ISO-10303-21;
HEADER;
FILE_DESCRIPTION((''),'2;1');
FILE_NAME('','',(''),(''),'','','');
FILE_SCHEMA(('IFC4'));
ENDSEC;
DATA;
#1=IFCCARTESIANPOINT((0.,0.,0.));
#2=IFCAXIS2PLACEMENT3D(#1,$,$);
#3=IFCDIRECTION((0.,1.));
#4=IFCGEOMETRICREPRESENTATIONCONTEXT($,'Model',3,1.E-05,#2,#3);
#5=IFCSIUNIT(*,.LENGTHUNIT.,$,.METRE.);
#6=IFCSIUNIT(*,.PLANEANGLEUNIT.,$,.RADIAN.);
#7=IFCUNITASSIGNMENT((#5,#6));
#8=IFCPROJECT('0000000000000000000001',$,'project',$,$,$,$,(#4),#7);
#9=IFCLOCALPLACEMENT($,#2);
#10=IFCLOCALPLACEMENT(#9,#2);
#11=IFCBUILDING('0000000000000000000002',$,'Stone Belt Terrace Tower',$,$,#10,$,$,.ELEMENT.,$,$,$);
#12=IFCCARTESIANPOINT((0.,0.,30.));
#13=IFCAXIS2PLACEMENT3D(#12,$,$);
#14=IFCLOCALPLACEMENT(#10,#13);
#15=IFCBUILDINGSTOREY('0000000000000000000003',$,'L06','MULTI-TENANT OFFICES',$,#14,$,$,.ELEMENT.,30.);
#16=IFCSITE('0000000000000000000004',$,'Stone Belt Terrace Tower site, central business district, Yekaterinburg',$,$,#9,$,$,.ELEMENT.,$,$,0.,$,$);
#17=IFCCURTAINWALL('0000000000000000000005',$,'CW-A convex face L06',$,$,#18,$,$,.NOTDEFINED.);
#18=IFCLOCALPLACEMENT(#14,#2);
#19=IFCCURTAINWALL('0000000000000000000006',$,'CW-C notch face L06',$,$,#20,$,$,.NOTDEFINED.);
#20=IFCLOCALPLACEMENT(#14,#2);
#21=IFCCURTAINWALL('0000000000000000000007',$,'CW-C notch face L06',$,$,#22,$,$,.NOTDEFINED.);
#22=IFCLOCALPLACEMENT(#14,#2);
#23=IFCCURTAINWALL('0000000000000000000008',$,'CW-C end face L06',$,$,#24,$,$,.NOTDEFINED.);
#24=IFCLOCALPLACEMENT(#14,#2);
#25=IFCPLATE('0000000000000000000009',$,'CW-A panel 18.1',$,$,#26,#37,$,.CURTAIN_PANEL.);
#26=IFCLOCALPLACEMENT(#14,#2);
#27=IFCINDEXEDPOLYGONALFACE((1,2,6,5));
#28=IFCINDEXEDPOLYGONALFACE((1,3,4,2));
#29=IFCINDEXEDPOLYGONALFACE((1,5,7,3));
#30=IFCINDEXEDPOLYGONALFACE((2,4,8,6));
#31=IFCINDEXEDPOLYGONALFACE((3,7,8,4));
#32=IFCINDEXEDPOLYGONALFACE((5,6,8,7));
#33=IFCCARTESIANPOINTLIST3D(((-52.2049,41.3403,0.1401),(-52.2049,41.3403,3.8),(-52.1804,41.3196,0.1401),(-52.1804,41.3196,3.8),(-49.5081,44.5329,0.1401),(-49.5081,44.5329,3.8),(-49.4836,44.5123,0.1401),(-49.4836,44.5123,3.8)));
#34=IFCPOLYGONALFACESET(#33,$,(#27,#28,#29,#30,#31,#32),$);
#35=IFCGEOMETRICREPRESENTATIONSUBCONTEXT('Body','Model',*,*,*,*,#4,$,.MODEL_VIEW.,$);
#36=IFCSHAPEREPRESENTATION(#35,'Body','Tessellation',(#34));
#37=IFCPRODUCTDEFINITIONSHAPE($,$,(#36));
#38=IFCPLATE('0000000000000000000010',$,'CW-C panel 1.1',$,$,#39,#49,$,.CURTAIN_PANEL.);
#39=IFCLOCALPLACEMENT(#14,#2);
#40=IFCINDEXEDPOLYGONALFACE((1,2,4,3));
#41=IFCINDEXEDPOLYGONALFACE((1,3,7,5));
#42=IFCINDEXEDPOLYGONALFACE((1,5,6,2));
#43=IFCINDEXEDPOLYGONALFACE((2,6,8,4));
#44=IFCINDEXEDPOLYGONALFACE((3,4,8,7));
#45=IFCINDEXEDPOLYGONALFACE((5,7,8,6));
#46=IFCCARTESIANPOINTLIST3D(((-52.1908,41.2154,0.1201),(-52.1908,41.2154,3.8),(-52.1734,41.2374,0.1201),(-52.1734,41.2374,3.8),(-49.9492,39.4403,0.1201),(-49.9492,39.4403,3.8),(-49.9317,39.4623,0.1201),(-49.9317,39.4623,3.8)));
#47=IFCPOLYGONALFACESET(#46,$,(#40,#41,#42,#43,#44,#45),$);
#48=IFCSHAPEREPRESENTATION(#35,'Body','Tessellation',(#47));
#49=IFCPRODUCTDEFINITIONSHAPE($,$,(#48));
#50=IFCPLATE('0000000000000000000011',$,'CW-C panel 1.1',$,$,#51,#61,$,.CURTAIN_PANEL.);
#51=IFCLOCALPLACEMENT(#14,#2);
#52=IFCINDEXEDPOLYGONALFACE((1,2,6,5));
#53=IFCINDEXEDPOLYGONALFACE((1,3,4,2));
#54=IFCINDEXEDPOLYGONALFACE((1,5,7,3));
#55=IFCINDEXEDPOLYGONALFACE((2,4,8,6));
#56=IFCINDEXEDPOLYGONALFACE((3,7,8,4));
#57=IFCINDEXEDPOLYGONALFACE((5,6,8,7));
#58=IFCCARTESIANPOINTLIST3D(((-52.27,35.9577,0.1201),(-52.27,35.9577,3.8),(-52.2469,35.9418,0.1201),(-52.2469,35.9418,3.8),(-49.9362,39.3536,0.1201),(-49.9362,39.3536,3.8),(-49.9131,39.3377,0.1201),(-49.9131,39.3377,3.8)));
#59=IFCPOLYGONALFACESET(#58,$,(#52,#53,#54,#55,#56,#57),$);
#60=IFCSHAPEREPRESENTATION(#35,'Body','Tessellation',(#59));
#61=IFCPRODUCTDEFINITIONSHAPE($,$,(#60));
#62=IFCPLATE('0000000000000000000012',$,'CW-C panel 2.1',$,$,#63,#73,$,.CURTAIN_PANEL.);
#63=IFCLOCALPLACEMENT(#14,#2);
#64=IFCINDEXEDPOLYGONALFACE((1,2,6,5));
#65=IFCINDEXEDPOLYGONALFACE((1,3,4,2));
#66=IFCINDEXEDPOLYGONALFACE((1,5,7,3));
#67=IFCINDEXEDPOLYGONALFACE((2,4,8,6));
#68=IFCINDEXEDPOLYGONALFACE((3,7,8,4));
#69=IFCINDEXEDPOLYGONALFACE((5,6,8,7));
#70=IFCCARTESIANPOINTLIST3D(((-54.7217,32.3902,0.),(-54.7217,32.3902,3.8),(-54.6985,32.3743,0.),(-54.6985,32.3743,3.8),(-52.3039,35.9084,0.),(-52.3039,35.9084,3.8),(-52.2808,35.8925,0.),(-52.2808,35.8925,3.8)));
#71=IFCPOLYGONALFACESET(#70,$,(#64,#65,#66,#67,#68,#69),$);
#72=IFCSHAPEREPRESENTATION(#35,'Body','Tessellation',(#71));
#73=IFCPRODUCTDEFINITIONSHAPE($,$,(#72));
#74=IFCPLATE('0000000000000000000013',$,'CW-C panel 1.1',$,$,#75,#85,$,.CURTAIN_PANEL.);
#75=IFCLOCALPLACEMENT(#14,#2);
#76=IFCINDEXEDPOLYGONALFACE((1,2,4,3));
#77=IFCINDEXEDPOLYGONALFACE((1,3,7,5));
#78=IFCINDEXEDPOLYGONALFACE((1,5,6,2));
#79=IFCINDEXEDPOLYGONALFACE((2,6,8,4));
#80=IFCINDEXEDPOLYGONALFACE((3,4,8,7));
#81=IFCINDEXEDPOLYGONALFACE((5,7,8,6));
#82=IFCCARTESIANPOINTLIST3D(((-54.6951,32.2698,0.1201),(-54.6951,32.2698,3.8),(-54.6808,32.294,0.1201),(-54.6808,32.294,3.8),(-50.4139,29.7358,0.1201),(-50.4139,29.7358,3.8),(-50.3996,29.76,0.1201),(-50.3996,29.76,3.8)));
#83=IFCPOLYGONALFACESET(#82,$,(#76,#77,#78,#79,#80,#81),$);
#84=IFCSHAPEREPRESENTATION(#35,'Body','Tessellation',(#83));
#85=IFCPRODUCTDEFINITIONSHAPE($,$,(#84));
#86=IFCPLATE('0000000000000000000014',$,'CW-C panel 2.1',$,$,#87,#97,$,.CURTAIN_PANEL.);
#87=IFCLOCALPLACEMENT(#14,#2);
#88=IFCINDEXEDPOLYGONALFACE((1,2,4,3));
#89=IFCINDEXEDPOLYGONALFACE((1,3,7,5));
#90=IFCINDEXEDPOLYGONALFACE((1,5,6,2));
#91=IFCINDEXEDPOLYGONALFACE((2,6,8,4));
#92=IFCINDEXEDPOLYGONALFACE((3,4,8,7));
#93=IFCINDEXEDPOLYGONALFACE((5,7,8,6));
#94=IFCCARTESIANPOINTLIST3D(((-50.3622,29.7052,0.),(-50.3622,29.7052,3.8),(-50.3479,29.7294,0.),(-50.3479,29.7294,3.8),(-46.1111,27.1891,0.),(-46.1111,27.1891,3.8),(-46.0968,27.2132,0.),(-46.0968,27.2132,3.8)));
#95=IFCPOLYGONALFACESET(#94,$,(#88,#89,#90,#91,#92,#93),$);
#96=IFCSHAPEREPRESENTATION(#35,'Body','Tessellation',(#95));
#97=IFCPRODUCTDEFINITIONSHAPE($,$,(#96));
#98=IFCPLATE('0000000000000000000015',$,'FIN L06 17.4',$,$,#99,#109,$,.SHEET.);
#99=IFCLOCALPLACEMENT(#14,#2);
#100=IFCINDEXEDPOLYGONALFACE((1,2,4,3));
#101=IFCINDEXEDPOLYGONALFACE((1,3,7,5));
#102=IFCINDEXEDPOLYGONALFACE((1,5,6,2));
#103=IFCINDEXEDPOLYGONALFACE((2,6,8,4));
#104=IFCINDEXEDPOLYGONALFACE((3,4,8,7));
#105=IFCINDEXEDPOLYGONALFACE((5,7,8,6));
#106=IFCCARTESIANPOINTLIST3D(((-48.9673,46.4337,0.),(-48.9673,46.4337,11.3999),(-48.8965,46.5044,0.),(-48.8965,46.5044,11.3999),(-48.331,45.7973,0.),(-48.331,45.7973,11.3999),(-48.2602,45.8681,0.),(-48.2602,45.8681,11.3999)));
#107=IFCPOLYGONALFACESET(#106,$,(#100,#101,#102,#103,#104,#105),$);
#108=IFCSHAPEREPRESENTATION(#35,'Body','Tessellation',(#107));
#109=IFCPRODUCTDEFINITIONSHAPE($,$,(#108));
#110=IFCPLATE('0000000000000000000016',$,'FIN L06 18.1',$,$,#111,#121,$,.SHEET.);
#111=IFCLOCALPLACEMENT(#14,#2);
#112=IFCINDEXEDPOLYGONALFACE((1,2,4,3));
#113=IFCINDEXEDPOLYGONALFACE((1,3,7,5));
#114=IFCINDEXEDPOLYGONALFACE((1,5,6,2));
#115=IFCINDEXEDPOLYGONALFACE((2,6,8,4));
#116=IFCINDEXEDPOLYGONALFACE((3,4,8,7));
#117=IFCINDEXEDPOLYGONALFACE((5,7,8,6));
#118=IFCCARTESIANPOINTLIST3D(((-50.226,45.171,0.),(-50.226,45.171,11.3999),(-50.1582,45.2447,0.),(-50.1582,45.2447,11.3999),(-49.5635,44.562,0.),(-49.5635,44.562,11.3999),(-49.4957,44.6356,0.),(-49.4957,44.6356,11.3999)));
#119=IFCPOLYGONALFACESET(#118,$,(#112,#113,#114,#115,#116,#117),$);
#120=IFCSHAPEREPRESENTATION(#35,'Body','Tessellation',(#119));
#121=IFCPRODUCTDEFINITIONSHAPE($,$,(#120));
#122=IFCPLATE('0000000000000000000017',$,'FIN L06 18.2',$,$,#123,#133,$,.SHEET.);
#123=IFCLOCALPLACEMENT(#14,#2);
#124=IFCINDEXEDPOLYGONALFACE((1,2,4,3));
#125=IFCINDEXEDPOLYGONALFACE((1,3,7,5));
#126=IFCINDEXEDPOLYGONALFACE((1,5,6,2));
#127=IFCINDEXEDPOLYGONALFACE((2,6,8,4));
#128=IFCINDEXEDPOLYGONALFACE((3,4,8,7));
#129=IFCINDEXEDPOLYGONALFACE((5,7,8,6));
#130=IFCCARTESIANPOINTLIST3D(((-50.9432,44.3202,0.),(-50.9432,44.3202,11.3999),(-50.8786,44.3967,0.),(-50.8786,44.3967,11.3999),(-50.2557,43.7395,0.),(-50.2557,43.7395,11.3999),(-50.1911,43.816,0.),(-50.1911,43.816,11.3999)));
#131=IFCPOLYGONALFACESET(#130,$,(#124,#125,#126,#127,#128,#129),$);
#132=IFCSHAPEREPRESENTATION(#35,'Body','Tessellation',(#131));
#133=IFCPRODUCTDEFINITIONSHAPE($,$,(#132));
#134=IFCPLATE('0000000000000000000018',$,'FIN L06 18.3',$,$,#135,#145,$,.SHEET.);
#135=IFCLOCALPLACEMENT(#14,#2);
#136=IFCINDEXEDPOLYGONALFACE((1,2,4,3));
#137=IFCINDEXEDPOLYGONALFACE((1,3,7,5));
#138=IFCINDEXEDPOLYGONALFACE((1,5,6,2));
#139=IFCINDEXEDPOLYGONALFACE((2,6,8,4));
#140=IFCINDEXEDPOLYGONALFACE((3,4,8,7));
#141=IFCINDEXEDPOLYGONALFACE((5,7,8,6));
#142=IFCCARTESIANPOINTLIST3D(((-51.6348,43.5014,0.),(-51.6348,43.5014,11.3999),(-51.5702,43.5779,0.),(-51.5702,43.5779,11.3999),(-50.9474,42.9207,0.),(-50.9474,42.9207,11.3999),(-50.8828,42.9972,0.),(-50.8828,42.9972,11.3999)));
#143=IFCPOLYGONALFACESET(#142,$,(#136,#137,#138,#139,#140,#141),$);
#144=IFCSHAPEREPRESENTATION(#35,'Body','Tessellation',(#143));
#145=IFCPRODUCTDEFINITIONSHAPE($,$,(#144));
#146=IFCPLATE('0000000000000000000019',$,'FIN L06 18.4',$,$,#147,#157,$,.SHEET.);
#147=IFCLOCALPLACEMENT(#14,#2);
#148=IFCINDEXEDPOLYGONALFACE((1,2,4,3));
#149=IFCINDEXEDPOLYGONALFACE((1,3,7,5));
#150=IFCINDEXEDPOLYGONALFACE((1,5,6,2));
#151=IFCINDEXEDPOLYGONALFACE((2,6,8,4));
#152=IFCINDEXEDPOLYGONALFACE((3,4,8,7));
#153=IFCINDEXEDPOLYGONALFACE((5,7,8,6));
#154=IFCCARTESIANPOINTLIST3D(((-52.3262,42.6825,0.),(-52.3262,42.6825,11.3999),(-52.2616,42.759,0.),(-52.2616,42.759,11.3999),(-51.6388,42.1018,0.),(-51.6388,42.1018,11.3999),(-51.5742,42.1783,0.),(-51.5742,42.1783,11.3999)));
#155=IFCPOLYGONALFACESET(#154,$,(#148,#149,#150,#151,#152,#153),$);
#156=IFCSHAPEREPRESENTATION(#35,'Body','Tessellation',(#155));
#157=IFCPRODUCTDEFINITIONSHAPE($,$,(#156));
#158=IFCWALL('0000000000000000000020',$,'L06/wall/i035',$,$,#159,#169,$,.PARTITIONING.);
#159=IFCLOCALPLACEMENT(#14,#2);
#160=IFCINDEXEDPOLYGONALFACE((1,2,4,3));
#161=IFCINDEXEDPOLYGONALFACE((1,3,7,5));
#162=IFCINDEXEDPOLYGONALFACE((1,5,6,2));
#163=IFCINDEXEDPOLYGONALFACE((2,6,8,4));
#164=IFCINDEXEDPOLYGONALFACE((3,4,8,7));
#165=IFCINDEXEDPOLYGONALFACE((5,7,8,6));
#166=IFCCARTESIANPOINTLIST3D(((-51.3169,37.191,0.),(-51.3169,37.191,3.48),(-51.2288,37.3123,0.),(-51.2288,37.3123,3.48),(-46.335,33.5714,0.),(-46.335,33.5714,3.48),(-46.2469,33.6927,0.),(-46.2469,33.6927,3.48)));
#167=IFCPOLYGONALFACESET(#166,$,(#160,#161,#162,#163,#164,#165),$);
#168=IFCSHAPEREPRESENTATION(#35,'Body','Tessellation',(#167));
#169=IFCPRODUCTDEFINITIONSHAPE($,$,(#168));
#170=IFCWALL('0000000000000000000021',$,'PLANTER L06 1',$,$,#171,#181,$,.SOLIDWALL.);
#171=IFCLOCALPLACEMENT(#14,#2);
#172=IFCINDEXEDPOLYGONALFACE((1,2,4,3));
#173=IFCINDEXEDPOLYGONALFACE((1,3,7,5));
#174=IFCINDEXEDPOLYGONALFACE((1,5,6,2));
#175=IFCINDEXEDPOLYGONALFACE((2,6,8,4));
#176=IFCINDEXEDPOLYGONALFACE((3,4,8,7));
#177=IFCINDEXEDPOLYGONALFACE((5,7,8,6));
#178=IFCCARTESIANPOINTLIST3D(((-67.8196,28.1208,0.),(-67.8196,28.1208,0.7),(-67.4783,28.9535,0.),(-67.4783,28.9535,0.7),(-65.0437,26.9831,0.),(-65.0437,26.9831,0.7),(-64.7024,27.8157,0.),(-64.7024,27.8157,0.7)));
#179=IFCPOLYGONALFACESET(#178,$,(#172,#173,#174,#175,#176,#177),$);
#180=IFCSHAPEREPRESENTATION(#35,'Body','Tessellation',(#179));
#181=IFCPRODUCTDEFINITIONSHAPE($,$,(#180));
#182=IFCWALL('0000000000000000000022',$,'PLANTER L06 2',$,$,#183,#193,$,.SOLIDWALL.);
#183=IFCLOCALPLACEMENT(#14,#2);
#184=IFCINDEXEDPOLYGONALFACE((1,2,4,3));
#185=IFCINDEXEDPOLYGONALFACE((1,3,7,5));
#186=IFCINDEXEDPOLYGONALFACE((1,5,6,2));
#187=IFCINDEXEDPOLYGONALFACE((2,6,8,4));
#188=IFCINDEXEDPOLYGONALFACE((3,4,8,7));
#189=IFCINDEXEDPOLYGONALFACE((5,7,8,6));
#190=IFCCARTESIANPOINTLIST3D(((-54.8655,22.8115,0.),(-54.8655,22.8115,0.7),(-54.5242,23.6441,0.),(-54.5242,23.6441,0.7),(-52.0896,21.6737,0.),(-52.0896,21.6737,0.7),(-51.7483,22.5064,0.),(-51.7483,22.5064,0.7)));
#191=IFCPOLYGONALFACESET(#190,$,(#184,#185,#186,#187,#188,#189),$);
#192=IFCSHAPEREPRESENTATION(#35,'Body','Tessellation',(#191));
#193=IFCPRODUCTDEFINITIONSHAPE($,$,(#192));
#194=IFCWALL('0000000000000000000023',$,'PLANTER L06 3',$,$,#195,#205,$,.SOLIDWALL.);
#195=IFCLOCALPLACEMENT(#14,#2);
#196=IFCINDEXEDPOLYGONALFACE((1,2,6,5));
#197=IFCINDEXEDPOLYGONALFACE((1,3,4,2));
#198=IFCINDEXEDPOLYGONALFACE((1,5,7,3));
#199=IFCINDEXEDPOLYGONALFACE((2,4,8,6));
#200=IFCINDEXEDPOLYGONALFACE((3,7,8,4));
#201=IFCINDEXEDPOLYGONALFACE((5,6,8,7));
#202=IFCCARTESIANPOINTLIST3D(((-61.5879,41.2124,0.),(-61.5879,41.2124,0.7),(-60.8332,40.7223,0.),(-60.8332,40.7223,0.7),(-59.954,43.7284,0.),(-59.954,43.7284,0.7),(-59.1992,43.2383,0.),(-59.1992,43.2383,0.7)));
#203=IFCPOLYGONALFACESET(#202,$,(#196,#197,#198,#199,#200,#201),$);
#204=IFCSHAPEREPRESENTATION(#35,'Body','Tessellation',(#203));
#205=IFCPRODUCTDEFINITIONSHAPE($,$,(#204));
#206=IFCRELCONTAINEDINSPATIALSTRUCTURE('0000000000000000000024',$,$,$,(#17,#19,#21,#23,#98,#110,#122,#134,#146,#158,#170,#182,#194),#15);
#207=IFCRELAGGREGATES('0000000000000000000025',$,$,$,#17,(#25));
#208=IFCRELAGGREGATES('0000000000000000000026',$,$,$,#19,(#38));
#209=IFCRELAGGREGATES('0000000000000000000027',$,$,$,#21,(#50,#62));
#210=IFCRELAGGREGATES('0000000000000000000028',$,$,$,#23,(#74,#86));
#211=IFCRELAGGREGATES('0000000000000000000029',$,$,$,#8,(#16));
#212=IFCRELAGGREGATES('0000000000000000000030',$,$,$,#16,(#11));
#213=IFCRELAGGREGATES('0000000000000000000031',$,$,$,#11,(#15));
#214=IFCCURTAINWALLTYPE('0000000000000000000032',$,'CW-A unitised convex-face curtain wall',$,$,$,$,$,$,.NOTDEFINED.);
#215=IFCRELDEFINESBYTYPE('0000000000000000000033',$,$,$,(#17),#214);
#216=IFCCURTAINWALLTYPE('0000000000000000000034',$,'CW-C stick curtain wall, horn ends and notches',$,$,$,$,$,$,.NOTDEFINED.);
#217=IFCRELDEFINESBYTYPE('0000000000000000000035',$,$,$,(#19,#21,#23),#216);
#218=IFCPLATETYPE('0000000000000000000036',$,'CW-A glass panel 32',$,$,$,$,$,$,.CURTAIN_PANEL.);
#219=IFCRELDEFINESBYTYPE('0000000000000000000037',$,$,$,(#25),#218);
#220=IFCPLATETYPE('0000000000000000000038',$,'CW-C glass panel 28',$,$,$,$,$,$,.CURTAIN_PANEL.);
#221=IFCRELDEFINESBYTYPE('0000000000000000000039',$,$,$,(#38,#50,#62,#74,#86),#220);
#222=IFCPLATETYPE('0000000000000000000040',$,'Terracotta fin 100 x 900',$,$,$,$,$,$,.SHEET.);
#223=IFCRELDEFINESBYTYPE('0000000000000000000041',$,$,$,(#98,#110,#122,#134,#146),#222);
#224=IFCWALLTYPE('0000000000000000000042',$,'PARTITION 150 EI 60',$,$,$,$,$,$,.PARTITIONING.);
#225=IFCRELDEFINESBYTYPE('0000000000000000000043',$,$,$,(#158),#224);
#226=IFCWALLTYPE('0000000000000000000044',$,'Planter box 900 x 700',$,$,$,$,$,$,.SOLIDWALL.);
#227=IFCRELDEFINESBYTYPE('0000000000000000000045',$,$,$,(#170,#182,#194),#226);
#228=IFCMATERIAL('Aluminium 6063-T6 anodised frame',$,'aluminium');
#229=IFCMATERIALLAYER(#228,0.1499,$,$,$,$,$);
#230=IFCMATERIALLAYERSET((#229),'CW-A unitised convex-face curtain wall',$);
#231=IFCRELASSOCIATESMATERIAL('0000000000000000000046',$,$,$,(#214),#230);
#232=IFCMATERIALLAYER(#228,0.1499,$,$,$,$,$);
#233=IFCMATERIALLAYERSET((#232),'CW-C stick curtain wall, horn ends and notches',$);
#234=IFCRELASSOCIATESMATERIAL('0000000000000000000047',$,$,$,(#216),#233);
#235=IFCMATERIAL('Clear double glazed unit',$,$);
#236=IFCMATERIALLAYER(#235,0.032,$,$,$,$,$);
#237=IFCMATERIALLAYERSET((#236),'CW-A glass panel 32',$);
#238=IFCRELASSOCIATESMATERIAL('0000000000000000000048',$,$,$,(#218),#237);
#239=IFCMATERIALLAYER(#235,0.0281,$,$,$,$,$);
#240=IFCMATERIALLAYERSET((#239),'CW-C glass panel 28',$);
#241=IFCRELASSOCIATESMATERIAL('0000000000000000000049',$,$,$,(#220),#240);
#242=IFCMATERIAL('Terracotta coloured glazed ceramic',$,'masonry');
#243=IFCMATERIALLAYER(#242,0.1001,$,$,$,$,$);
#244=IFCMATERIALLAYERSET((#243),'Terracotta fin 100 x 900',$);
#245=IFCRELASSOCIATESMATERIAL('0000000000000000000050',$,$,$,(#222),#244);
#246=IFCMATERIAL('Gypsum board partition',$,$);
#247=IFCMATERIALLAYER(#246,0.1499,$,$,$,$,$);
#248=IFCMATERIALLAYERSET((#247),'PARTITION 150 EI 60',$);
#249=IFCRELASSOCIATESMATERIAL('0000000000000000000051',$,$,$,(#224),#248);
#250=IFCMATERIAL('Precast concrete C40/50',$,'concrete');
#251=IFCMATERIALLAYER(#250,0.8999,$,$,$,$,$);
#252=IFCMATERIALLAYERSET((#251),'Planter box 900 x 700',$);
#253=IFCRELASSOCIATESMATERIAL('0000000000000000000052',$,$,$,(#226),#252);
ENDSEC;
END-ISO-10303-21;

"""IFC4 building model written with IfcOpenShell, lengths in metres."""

from ifc_helpers import new_model, si_unit, direction, frame, frame_2d, origin, origin_2d, place, context, subcontext, project, spatial, rectangle, extrude, material, layer, layer_set, type_object, element, aggregate, save


model = new_model("IFC4")

# Units and contexts
model_context = context("Model", 3, precision=1e-05, world=origin(), true_north=direction((0.0, 1.0)))
body_context = subcontext(model_context, "Body", "Model", "MODEL_VIEW")
ifc_project = project(units=[si_unit("LENGTHUNIT", "METRE"), si_unit("PLANEANGLEUNIT", "RADIAN")], contexts=[model_context])

# Site, building, storey
site_placement = place(None, origin())
site = spatial("IfcSite", under=ifc_project, at=site_placement, Name="Stone Belt Terrace Tower site, central business district, Yekaterinburg", CompositionType="ELEMENT", RefElevation=0.0)
building_placement = place(site_placement, origin())
building = spatial("IfcBuilding", under=site, at=building_placement, Name="Stone Belt Terrace Tower", CompositionType="ELEMENT")
storey_placement = place(building_placement, frame((0.0, 0.0, 30.0)))
storey = spatial("IfcBuildingStorey", under=building, at=storey_placement, Name="L06", Description="MULTI-TENANT OFFICES", CompositionType="ELEMENT", Elevation=30.0)

# Curtain wall
ifc_material_1 = material(Name="Aluminium 6063-T6 anodised frame", Category="aluminium")
ifc_layer_1 = layer(ifc_material_1, 0.1499)
ifc_layer_set_1 = layer_set([ifc_layer_1], Name="CW-A unitised convex-face curtain wall")
curtain_wall_type_1 = type_object("IfcCurtainWallType", Name="CW-A unitised convex-face curtain wall", PredefinedType="NOTDEFINED", material=ifc_layer_set_1)
curtain_wall_1_placement = place(storey_placement, origin())
curtain_wall_1 = element("IfcCurtainWall", 1, at=curtain_wall_1_placement, inside=storey, type_object=curtain_wall_type_1, Name="CW-A convex face L06", PredefinedType="NOTDEFINED")

# Curtain wall
ifc_layer_2 = layer(ifc_material_1, 0.1499)
ifc_layer_set_2 = layer_set([ifc_layer_2], Name="CW-C stick curtain wall, horn ends and notches")
curtain_wall_type_2 = type_object("IfcCurtainWallType", Name="CW-C stick curtain wall, horn ends and notches", PredefinedType="NOTDEFINED", material=ifc_layer_set_2)
curtain_wall_2_placement = place(storey_placement, origin())
curtain_wall_2 = element("IfcCurtainWall", 2, at=curtain_wall_2_placement, inside=storey, type_object=curtain_wall_type_2, Name="CW-C notch face L06", PredefinedType="NOTDEFINED")

# Curtain walls
curtain_wall_3_placement = place(storey_placement, origin())
curtain_wall_3 = element("IfcCurtainWall", 3, at=curtain_wall_3_placement, inside=storey, type_object=curtain_wall_type_2, Name="CW-C notch face L06", PredefinedType="NOTDEFINED")
curtain_wall_4_placement = place(storey_placement, origin())
curtain_wall_4 = element("IfcCurtainWall", 4, at=curtain_wall_4_placement, inside=storey, type_object=curtain_wall_type_2, Name="CW-C end face L06", PredefinedType="NOTDEFINED")

# Plates
ifc_material_2 = material(Name="Clear double glazed unit")
ifc_layer_3 = layer(ifc_material_2, 0.032)
ifc_layer_set_3 = layer_set([ifc_layer_3], Name="CW-A glass panel 32")
plate_type_1 = type_object("IfcPlateType", Name="CW-A glass panel 32", PredefinedType="CURTAIN_PANEL", material=ifc_layer_set_3)
plate_1_placement = place(storey_placement, frame((-50.8442, 42.9263, 0.1401), z_axis=(0.0, 0.0, 1.0), x_axis=(-0.645291, -0.763937, 0.0)))
plate_1 = element("IfcPlate", 5, at=plate_1_placement, type_object=plate_type_1, Name="CW-A panel 18.1", PredefinedType="CURTAIN_PANEL", context=body_context, shape_type="SweptSolid", body=[
    extrude(rectangle(XDim=4.1792, YDim=0.032, at=origin_2d()), origin(), (0.0, 0.0, 1.0), 3.6599),
])
aggregate(curtain_wall_1, [plate_1])
ifc_layer_4 = layer(ifc_material_2, 0.0281)
ifc_layer_set_4 = layer_set([ifc_layer_4], Name="CW-C glass panel 28")
plate_type_2 = type_object("IfcPlateType", Name="CW-C glass panel 28", PredefinedType="CURTAIN_PANEL", material=ifc_layer_set_4)
plate_2_placement = place(storey_placement, frame((-51.0613, 40.3389, 0.1201), z_axis=(0.0, 0.0, 1.0), x_axis=(0.783964, -0.620807, 0.0)))
plate_2 = element("IfcPlate", 6, at=plate_2_placement, type_object=plate_type_2, Name="CW-C panel 1.1", PredefinedType="CURTAIN_PANEL", context=body_context, shape_type="SweptSolid", body=[
    extrude(rectangle(XDim=2.8594, YDim=0.0281, at=origin_2d()), origin(), (0.0, 0.0, 1.0), 3.6799),
])
aggregate(curtain_wall_2, [plate_2])
plate_3_placement = place(storey_placement, frame((-51.0916, 37.6477, 0.1201), z_axis=(0.0, 0.0, 1.0), x_axis=(-0.566376, -0.824147, 0.0)))
plate_3 = element("IfcPlate", 7, at=plate_3_placement, type_object=plate_type_2, Name="CW-C panel 1.1", PredefinedType="CURTAIN_PANEL", context=body_context, shape_type="SweptSolid", body=[
    extrude(rectangle(XDim=4.1206, YDim=0.0281, at=origin_2d()), origin(), (0.0, 0.0, 1.0), 3.6799),
])
plate_4_placement = place(storey_placement, frame((-53.5012, 34.1414, 0.0), z_axis=(0.0, 0.0, 1.0), x_axis=(-0.566376, -0.824147, 0.0)))
plate_4 = element("IfcPlate", 8, at=plate_4_placement, type_object=plate_type_2, Name="CW-C panel 2.1", PredefinedType="CURTAIN_PANEL", context=body_context, shape_type="SweptSolid", body=[
    extrude(rectangle(XDim=4.2688, YDim=0.0281, at=origin_2d()), origin(), (0.0, 0.0, 1.0), 3.8),
])
aggregate(curtain_wall_3, [plate_3, plate_4])
plate_5_placement = place(storey_placement, frame((-52.5474, 31.0149, 0.1201), z_axis=(0.0, 0.0, 1.0), x_axis=(0.860558, -0.509353, 0.0)))
plate_5 = element("IfcPlate", 9, at=plate_5_placement, type_object=plate_type_2, Name="CW-C panel 1.1", PredefinedType="CURTAIN_PANEL", context=body_context, shape_type="SweptSolid", body=[
    extrude(rectangle(XDim=4.9749, YDim=0.0281, at=origin_2d()), origin(), (0.0, 0.0, 1.0), 3.6799),
])
plate_6_placement = place(storey_placement, frame((-48.2295, 28.4592, 0.0), z_axis=(0.0, 0.0, 1.0), x_axis=(0.860558, -0.509353, 0.0)))
plate_6 = element("IfcPlate", 10, at=plate_6_placement, type_object=plate_type_2, Name="CW-C panel 2.1", PredefinedType="CURTAIN_PANEL", context=body_context, shape_type="SweptSolid", body=[
    extrude(rectangle(XDim=4.9399, YDim=0.0281, at=origin_2d()), origin(), (0.0, 0.0, 1.0), 3.8),
])
aggregate(curtain_wall_4, [plate_5, plate_6])

# Plates
ifc_material_3 = material(Name="Terracotta coloured glazed ceramic", Category="masonry")
ifc_layer_5 = layer(ifc_material_3, 0.1001)
ifc_layer_set_5 = layer_set([ifc_layer_5], Name="Terracotta fin 100 x 900")
plate_type_3 = type_object("IfcPlateType", Name="Terracotta fin 100 x 900", PredefinedType="SHEET", material=ifc_layer_set_5)
for number, where, z_axis, x_axis, name in (
    (11, (-48.6138, 46.1509, 0.0), (0.0, 0.0, 1.0), (-0.707107, 0.707107, 0.0), "FIN L06 17.4"),
    (12, (-49.8608, 44.9033, 0.0), (0.0, 0.0, 1.0), (-0.736171, 0.676796, 0.0), "FIN L06 18.1"),
    (13, (-50.5671, 44.0681, 0.0), (0.0, 0.0, 1.0), (-0.763937, 0.645291, 0.0), "FIN L06 18.2"),
    (14, (-51.2588, 43.2493, 0.0), (0.0, 0.0, 1.0), (-0.763937, 0.645291, 0.0), "FIN L06 18.3"),
    (15, (-51.9502, 42.4304, 0.0), (0.0, 0.0, 1.0), (-0.763937, 0.645291, 0.0), "FIN L06 18.4"),
):
    element("IfcPlate", number, at=place(storey_placement, frame(where, z_axis=z_axis, x_axis=x_axis)), inside=storey, type_object=plate_type_3, Name=name, PredefinedType="SHEET", context=body_context, shape_type="SweptSolid", body=[
        extrude(rectangle(XDim=0.8999, YDim=0.1001, at=origin_2d()), origin(), (0.0, 0.0, 1.0), 11.3999),
    ])

# Walls
ifc_material_4 = material(Name="Gypsum board partition")
ifc_layer_6 = layer(ifc_material_4, 0.1499)
ifc_layer_set_6 = layer_set([ifc_layer_6], Name="PARTITION 150 EI 60")
wall_type_1 = type_object("IfcWallType", Name="PARTITION 150 EI 60", PredefinedType="PARTITIONING", material=ifc_layer_set_6)
wall_placement = place(storey_placement, frame((-51.2729, 37.2517, 0.0), z_axis=(0.0, 0.0, 1.0), x_axis=(0.809014, -0.58779, 0.0)))
element("IfcWall", 16, at=wall_placement, inside=storey, type_object=wall_type_1, Name="L06/wall/i035", PredefinedType="PARTITIONING", context=body_context, shape_type="SweptSolid", body=[
    extrude(rectangle(XDim=6.158, YDim=0.1499, at=frame_2d((3.0791, 0.0))), origin(), (0.0, 0.0, 1.0), 3.48),
])
ifc_material_5 = material(Name="Precast concrete C40/50", Category="concrete")
ifc_layer_7 = layer(ifc_material_5, 0.8999)
ifc_layer_set_7 = layer_set([ifc_layer_7], Name="Planter box 900 x 700")
wall_type_2 = type_object("IfcWallType", Name="Planter box 900 x 700", PredefinedType="SOLIDWALL", material=ifc_layer_set_7)
for number, where, z_axis, x_axis, name in (
    (17, (-66.261, 27.9683, 0.0), (0.0, 0.0, 1.0), (0.925297, -0.379243, 0.0), "PLANTER L06 1"),
    (18, (-53.3069, 22.6589, 0.0), (0.0, 0.0, 1.0), (0.925297, -0.379243, 0.0), "PLANTER L06 2"),
    (19, (-60.3936, 42.2253, 0.0), (0.0, 0.0, 1.0), (-0.544639, -0.838671, 0.0), "PLANTER L06 3"),
):
    element("IfcWall", number, at=place(storey_placement, frame(where, z_axis=z_axis, x_axis=x_axis)), inside=storey, type_object=wall_type_2, Name=name, PredefinedType="SOLIDWALL", context=body_context, shape_type="SweptSolid", body=[
        extrude(rectangle(XDim=3.0, YDim=0.8999, at=origin_2d()), origin(), (0.0, 0.0, 1.0), 0.7),
    ])

save(model, "model.ifc")
